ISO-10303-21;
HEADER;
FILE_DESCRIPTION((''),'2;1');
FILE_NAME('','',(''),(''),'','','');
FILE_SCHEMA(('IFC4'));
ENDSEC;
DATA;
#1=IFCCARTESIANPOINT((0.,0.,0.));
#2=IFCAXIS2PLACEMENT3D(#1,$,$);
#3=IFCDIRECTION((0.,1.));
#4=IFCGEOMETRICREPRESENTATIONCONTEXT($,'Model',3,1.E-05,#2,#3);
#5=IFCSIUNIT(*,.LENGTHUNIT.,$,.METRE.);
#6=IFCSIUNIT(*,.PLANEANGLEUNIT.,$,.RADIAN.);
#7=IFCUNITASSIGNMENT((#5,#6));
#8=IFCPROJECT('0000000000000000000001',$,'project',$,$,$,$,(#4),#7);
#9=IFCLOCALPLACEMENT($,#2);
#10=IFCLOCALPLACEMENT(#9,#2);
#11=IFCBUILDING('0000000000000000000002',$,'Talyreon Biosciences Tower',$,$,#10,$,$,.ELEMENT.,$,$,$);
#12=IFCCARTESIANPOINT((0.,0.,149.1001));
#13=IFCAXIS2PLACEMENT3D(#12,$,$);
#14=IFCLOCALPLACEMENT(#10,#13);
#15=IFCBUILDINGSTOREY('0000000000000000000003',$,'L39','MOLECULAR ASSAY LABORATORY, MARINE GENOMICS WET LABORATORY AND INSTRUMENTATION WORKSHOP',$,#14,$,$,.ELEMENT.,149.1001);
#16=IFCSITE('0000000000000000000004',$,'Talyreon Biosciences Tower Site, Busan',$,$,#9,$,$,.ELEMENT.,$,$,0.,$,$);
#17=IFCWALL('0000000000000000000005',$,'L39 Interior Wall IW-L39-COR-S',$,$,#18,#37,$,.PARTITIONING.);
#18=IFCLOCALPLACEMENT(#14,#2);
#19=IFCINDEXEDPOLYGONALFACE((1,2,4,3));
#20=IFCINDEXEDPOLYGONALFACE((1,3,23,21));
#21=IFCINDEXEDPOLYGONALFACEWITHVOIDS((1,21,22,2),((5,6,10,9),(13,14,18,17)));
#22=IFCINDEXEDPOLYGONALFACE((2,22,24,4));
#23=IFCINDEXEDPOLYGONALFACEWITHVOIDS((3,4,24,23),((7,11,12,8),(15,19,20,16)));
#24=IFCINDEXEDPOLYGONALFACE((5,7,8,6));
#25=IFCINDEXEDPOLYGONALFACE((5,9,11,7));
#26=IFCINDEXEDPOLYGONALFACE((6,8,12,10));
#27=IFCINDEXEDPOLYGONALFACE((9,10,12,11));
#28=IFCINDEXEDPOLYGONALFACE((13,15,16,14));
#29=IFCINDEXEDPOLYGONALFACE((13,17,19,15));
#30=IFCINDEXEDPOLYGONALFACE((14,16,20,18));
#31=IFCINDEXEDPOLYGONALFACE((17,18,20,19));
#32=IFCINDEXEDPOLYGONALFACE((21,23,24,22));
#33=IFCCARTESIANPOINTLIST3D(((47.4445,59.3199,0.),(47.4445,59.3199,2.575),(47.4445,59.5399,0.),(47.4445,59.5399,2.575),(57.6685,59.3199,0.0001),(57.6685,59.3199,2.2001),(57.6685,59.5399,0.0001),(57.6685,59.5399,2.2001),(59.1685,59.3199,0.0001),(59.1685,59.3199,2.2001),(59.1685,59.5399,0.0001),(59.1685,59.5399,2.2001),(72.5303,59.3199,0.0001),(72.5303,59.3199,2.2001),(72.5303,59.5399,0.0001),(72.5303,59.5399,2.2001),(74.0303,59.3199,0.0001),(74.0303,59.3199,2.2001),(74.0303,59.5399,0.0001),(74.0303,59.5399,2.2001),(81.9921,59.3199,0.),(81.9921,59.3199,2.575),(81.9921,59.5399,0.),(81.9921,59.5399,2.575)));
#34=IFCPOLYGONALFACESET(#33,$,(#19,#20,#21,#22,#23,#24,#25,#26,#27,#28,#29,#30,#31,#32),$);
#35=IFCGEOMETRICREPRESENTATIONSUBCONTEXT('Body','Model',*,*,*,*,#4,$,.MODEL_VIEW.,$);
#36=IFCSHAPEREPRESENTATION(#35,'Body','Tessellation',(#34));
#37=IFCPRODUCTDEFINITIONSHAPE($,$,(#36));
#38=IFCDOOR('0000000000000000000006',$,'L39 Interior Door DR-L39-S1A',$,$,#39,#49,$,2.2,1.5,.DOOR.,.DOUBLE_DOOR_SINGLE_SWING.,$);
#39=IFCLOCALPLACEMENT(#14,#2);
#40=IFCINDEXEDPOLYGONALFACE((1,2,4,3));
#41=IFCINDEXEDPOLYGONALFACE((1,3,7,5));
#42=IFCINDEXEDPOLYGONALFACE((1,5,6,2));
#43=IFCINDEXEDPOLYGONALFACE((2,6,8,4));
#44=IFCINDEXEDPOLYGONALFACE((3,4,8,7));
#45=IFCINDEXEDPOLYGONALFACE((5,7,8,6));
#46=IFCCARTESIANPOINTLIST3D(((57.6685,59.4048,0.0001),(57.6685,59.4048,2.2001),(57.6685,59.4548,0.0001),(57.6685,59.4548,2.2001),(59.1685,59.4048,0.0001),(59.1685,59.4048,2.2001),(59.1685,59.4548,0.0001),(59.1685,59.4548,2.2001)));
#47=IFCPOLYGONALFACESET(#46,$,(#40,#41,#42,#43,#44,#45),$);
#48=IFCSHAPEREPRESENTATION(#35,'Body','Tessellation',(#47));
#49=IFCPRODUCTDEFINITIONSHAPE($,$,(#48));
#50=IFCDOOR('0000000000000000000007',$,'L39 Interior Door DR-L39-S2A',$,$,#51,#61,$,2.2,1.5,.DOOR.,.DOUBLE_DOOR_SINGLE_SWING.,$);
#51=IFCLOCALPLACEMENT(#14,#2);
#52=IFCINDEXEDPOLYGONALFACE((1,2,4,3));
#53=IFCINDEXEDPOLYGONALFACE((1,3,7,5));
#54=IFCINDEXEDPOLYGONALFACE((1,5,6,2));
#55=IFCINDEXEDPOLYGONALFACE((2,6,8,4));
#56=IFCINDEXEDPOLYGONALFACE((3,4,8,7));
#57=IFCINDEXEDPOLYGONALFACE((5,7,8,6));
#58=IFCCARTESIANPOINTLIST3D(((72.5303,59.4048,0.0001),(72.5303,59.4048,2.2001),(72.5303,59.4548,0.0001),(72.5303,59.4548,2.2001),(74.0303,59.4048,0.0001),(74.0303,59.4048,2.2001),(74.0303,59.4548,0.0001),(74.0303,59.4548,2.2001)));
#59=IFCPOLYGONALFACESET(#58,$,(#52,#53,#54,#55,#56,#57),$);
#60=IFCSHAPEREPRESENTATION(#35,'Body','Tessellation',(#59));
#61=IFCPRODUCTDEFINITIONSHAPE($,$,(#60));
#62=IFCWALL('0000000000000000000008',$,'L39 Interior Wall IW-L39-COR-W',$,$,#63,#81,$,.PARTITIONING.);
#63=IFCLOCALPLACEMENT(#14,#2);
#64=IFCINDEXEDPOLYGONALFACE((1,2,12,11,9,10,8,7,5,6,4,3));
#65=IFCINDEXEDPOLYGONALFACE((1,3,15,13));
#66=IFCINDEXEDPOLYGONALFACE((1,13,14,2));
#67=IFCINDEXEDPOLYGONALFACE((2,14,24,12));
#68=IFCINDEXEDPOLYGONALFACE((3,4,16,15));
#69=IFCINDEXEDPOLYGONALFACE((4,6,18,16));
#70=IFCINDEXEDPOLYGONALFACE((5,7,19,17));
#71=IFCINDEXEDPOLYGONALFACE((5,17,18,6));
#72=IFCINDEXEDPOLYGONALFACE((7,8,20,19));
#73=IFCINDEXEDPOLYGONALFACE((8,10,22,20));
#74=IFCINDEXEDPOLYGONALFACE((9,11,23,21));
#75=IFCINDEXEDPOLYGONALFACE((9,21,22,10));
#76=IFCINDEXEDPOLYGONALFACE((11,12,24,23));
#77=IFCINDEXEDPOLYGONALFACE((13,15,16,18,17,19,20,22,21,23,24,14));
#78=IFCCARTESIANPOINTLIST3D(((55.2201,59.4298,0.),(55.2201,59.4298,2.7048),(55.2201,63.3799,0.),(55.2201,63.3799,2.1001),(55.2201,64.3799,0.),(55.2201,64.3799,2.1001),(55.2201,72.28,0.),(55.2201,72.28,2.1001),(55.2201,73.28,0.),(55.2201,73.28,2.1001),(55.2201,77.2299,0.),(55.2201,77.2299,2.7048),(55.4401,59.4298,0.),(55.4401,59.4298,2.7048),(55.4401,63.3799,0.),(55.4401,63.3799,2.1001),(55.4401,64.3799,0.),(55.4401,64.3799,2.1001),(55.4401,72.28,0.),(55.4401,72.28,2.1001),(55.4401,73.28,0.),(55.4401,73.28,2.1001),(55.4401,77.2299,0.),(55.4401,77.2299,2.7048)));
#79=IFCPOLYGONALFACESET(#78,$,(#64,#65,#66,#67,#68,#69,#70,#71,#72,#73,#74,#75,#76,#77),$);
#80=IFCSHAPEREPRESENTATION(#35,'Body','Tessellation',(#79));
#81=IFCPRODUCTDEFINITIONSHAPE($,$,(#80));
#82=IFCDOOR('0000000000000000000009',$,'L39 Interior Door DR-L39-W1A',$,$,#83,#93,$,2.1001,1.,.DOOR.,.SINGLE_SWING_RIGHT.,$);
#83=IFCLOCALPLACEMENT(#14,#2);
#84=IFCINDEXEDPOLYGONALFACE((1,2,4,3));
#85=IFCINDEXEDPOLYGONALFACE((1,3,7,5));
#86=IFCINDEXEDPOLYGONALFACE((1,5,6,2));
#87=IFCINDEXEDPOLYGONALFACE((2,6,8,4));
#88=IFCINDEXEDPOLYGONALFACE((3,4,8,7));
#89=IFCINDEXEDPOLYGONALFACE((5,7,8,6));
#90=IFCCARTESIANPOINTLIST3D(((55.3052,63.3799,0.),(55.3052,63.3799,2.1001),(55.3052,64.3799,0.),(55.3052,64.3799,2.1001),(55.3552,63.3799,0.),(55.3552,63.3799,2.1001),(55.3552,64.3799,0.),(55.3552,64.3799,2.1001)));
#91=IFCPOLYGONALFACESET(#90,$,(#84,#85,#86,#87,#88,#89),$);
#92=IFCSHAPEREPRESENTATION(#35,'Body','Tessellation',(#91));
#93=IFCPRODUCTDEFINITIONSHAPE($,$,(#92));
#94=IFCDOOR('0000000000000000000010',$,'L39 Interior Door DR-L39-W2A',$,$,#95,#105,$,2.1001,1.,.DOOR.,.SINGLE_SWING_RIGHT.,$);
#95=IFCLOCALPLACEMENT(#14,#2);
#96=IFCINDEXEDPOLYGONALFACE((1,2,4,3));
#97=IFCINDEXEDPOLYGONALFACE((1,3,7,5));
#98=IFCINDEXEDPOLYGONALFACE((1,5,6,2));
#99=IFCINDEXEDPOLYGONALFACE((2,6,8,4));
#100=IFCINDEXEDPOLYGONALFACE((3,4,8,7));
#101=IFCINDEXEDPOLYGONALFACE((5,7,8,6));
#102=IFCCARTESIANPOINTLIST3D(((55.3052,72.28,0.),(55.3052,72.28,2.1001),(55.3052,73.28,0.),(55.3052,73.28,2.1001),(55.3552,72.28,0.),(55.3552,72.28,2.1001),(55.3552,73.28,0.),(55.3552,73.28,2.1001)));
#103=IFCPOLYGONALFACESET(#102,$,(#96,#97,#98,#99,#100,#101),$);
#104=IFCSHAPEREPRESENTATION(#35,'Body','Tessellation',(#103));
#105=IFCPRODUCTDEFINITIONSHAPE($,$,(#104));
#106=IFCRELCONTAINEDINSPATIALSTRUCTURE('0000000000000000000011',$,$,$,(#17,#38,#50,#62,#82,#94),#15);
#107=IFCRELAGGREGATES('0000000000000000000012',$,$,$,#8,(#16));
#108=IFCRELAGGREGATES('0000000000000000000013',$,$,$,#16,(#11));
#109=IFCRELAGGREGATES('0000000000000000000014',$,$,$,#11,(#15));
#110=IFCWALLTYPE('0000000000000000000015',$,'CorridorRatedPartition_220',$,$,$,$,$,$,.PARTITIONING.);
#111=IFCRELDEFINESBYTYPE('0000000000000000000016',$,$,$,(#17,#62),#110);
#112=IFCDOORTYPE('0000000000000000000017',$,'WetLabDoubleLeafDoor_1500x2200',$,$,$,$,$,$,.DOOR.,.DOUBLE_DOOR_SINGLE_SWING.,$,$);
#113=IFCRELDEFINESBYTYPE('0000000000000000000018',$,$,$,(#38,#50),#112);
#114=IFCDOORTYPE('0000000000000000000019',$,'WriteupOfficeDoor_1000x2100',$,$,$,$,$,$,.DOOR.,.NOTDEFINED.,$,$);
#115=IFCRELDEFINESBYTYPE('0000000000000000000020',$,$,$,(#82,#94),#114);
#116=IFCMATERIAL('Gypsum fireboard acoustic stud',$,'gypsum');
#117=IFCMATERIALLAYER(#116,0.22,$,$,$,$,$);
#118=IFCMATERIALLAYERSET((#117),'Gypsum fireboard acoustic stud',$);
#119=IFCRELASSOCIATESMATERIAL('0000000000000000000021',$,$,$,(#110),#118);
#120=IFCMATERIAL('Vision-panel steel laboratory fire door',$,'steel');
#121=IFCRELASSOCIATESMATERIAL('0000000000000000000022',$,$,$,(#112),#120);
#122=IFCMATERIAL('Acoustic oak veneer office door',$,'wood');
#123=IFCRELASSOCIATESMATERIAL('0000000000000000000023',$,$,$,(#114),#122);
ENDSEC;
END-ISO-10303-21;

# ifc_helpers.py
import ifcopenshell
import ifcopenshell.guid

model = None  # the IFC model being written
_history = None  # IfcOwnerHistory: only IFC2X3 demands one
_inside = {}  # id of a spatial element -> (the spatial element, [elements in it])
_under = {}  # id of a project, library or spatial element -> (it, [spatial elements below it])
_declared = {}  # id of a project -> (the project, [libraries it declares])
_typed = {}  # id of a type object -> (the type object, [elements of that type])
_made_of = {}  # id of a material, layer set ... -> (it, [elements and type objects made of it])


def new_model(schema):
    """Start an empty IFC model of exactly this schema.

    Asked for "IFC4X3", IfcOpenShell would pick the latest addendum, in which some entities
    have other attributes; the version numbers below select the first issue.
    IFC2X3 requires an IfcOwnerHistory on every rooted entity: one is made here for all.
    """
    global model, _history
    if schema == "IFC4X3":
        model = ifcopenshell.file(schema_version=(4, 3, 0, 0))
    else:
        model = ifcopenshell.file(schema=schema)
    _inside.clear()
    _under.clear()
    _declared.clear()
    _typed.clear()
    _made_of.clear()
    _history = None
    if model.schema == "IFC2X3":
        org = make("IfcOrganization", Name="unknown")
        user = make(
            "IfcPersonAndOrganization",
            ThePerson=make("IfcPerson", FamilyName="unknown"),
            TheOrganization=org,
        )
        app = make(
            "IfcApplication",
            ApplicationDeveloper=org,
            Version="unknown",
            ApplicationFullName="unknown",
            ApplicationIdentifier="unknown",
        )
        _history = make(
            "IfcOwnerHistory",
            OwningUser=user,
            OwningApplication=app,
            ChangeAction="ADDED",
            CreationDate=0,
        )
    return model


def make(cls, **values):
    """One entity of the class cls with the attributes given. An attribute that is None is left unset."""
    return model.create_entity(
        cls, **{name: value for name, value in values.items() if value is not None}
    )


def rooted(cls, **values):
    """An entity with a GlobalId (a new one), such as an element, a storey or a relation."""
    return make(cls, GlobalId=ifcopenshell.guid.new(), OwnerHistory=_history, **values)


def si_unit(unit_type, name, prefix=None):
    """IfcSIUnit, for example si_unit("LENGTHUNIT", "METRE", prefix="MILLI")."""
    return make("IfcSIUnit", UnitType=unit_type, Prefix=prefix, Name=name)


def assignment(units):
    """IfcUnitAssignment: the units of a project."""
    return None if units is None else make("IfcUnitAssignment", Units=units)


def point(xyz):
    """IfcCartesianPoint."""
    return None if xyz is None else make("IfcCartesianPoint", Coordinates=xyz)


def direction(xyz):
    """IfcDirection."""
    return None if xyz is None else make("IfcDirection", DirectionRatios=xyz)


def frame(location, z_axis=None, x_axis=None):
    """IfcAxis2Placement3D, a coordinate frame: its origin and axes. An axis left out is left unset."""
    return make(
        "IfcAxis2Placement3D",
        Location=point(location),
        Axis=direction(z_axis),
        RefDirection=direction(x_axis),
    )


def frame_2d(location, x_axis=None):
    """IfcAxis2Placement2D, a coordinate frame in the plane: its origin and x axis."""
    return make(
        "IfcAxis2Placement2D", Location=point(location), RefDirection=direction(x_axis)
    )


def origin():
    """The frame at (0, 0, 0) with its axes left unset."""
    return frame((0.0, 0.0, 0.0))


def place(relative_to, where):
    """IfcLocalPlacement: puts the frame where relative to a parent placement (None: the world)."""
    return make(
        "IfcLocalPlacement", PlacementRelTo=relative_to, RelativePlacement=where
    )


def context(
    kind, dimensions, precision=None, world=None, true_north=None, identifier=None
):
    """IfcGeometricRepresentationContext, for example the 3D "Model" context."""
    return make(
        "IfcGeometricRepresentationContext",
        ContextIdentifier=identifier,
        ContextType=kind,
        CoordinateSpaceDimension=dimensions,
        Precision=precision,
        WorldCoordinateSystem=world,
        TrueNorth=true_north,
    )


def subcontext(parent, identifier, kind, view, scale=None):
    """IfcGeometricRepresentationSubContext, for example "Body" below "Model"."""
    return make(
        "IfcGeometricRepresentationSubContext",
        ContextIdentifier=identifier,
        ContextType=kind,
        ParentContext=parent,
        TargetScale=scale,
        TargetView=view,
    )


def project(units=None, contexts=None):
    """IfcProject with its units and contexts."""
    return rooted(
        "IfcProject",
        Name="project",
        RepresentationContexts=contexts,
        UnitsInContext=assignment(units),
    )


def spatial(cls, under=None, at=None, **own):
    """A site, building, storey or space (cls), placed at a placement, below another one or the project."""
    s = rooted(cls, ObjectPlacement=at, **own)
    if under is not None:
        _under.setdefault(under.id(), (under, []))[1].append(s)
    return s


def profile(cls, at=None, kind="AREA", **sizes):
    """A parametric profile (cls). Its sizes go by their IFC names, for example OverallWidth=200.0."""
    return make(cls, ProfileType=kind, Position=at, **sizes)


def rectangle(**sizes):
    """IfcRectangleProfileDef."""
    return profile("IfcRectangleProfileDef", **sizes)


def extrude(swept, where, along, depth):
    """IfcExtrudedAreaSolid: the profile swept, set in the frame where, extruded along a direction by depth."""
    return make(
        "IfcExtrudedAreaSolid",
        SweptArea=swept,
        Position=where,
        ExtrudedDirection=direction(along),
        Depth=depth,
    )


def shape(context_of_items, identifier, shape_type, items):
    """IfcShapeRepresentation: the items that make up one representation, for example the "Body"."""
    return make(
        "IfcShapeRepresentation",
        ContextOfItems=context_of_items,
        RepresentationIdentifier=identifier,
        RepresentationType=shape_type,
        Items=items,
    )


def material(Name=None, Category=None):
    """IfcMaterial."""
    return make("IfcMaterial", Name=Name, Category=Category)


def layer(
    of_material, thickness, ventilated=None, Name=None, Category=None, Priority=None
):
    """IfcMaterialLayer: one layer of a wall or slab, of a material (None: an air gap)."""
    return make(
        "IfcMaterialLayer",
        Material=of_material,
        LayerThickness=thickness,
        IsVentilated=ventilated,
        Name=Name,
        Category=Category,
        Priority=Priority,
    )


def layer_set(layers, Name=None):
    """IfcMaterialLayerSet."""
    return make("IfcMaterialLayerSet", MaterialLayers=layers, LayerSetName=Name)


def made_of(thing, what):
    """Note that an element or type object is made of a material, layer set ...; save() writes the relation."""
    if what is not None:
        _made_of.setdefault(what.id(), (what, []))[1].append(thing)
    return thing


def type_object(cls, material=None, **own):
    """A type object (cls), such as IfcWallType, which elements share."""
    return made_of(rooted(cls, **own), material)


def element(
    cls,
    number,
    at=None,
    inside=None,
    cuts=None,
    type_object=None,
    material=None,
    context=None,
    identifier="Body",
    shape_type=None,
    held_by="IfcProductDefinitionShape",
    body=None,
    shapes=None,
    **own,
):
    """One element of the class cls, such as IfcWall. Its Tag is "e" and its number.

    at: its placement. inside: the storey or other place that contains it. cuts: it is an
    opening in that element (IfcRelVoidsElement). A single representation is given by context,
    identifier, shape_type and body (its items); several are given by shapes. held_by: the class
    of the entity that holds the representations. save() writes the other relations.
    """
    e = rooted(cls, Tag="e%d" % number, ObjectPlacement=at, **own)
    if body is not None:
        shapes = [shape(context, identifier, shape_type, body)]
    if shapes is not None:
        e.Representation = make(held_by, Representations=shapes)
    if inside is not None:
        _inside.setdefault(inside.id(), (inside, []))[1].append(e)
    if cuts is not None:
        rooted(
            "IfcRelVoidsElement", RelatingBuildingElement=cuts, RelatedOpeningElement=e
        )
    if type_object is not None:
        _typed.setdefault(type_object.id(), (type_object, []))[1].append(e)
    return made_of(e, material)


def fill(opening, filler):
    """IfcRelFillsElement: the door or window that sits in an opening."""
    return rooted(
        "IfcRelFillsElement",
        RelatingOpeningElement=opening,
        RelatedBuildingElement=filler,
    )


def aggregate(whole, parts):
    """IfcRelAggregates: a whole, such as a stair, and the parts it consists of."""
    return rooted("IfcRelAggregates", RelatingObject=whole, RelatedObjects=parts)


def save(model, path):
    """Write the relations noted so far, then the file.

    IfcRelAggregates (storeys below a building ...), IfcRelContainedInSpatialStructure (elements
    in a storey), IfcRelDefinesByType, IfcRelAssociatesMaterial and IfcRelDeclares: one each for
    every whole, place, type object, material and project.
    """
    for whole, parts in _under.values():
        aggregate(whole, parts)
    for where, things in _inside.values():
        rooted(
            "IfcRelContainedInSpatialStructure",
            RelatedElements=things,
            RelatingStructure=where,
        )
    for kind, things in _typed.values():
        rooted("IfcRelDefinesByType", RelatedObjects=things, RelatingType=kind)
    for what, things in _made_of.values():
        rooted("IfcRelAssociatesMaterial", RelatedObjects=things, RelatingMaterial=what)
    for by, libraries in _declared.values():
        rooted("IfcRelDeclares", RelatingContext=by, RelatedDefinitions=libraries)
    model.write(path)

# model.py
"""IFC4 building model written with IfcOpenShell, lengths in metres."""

from ifc_helpers import new_model, si_unit, direction, frame, frame_2d, origin, place, context, subcontext, project, spatial, rectangle, extrude, material, layer, layer_set, type_object, element, fill, save


model = new_model("IFC4")

# Units and contexts
model_context = context("Model", 3, precision=1e-05, world=origin(), true_north=direction((0.0, 1.0)))
body_context = subcontext(model_context, "Body", "Model", "MODEL_VIEW")
ifc_project = project(units=[si_unit("LENGTHUNIT", "METRE"), si_unit("PLANEANGLEUNIT", "RADIAN")], contexts=[model_context])

# Site, building, storey
site_placement = place(None, origin())
site = spatial("IfcSite", under=ifc_project, at=site_placement, Name="Talyreon Biosciences Tower Site, Busan", CompositionType="ELEMENT", RefElevation=0.0)
building_placement = place(site_placement, origin())
building = spatial("IfcBuilding", under=site, at=building_placement, Name="Talyreon Biosciences Tower", CompositionType="ELEMENT")
storey_placement = place(building_placement, frame((0.0, 0.0, 149.1001)))
storey = spatial("IfcBuildingStorey", under=building, at=storey_placement, Name="L39", Description="MOLECULAR ASSAY LABORATORY, MARINE GENOMICS WET LABORATORY AND INSTRUMENTATION WORKSHOP", CompositionType="ELEMENT", Elevation=149.1001)

# Walls, openings, doors
ifc_material_1 = material(Name="Gypsum fireboard acoustic stud", Category="gypsum")
ifc_layer_1 = layer(ifc_material_1, 0.22)
ifc_layer_set_1 = layer_set([ifc_layer_1], Name="Gypsum fireboard acoustic stud")
wall_type = type_object("IfcWallType", Name="CorridorRatedPartition_220", PredefinedType="PARTITIONING", material=ifc_layer_set_1)
wall_1_placement = place(storey_placement, frame((47.4443, 59.4299, 0.0), z_axis=(0.0, 0.0, 1.0), x_axis=(1.0, 0.0, 0.0)))
wall_1 = element("IfcWall", 1, at=wall_1_placement, inside=storey, type_object=wall_type, Name="L39 Interior Wall IW-L39-COR-S", PredefinedType="PARTITIONING", context=body_context, shape_type="SweptSolid", body=[
    extrude(rectangle(XDim=34.5476, YDim=0.22, at=frame_2d((17.2739, 0.0))), origin(), (0.0, 0.0, 1.0), 2.575),
])
opening_1_placement = place(wall_1_placement, frame((10.2241, 0.0, 0.0)))
opening_1 = element("IfcOpeningElement", 2, at=opening_1_placement, cuts=wall_1, PredefinedType="OPENING", context=body_context, shape_type="SweptSolid", body=[
    extrude(rectangle(XDim=1.5, YDim=2.2, at=frame_2d((0.75, 1.1001))), frame((0.0, 0.1199, 0.0), z_axis=(0.0, -1.0, 0.0), x_axis=(1.0, 0.0, 0.0)), (0.0, 0.0, 1.0), 0.24),
])
opening_2_placement = place(wall_1_placement, frame((25.0859, 0.0, 0.0)))
opening_2 = element("IfcOpeningElement", 3, at=opening_2_placement, cuts=wall_1, PredefinedType="OPENING", context=body_context, shape_type="SweptSolid", body=[
    extrude(rectangle(XDim=1.5, YDim=2.2, at=frame_2d((0.75, 1.1001))), frame((0.0, 0.1199, 0.0), z_axis=(0.0, -1.0, 0.0), x_axis=(1.0, 0.0, 0.0)), (0.0, 0.0, 1.0), 0.24),
])
ifc_material_2 = material(Name="Vision-panel steel laboratory fire door", Category="steel")
door_type_1 = type_object("IfcDoorType", Name="WetLabDoubleLeafDoor_1500x2200", OperationType="DOUBLE_DOOR_SINGLE_SWING", PredefinedType="DOOR", material=ifc_material_2)
door_1_placement = place(opening_1_placement, origin())
door_1 = element("IfcDoor", 4, at=door_1_placement, inside=storey, type_object=door_type_1, Name="L39 Interior Door DR-L39-S1A", OperationType="DOUBLE_DOOR_SINGLE_SWING", OverallHeight=2.2, OverallWidth=1.5, PredefinedType="DOOR", context=body_context, shape_type="SweptSolid", body=[
    extrude(rectangle(XDim=1.5, YDim=2.2, at=frame_2d((0.75, 1.1001))), frame((0.0, 0.0249, 0.0), z_axis=(0.0, -1.0, 0.0), x_axis=(1.0, 0.0, 0.0)), (0.0, 0.0, 1.0), 0.05),
])
fill(opening_1, door_1)
door_2_placement = place(opening_2_placement, origin())
door_2 = element("IfcDoor", 5, at=door_2_placement, inside=storey, type_object=door_type_1, Name="L39 Interior Door DR-L39-S2A", OperationType="DOUBLE_DOOR_SINGLE_SWING", OverallHeight=2.2, OverallWidth=1.5, PredefinedType="DOOR", context=body_context, shape_type="SweptSolid", body=[
    extrude(rectangle(XDim=1.5, YDim=2.2, at=frame_2d((0.75, 1.1001))), frame((0.0, 0.0249, 0.0), z_axis=(0.0, -1.0, 0.0), x_axis=(1.0, 0.0, 0.0)), (0.0, 0.0, 1.0), 0.05),
])
fill(opening_2, door_2)
wall_2_placement = place(storey_placement, frame((55.3301, 59.4299, 0.0), z_axis=(0.0, 0.0, 1.0), x_axis=(0.0, 1.0, 0.0)))
wall_2 = element("IfcWall", 6, at=wall_2_placement, inside=storey, type_object=wall_type, Name="L39 Interior Wall IW-L39-COR-W", PredefinedType="PARTITIONING", context=body_context, shape_type="SweptSolid", body=[
    extrude(rectangle(XDim=17.8, YDim=0.22, at=frame_2d((8.8999, 0.0))), origin(), (0.0, 0.0, 1.0), 2.7048),
])
opening_3_placement = place(wall_2_placement, frame((3.95, 0.0, 0.0)))
opening_3 = element("IfcOpeningElement", 7, at=opening_3_placement, cuts=wall_2, PredefinedType="OPENING", context=body_context, shape_type="SweptSolid", body=[
    extrude(rectangle(XDim=1.0, YDim=2.1001, at=frame_2d((0.5, 1.05))), frame((0.0, 0.1199, 0.0), z_axis=(0.0, -1.0, 0.0), x_axis=(1.0, 0.0, 0.0)), (0.0, 0.0, 1.0), 0.24),
])
opening_4_placement = place(wall_2_placement, frame((12.8501, 0.0, 0.0)))
opening_4 = element("IfcOpeningElement", 8, at=opening_4_placement, cuts=wall_2, PredefinedType="OPENING", context=body_context, shape_type="SweptSolid", body=[
    extrude(rectangle(XDim=1.0, YDim=2.1001, at=frame_2d((0.5, 1.05))), frame((0.0, 0.1199, 0.0), z_axis=(0.0, -1.0, 0.0), x_axis=(1.0, 0.0, 0.0)), (0.0, 0.0, 1.0), 0.24),
])
ifc_material_3 = material(Name="Acoustic oak veneer office door", Category="wood")
door_type_2 = type_object("IfcDoorType", Name="WriteupOfficeDoor_1000x2100", OperationType="NOTDEFINED", PredefinedType="DOOR", material=ifc_material_3)
door_3_placement = place(opening_3_placement, origin())
door_3 = element("IfcDoor", 9, at=door_3_placement, inside=storey, type_object=door_type_2, Name="L39 Interior Door DR-L39-W1A", OperationType="SINGLE_SWING_RIGHT", OverallHeight=2.1001, OverallWidth=1.0, PredefinedType="DOOR", context=body_context, shape_type="SweptSolid", body=[
    extrude(rectangle(XDim=1.0, YDim=2.1001, at=frame_2d((0.5, 1.05))), frame((0.0, 0.0249, 0.0), z_axis=(0.0, -1.0, 0.0), x_axis=(1.0, 0.0, 0.0)), (0.0, 0.0, 1.0), 0.05),
])
fill(opening_3, door_3)
door_4_placement = place(opening_4_placement, origin())
door_4 = element("IfcDoor", 10, at=door_4_placement, inside=storey, type_object=door_type_2, Name="L39 Interior Door DR-L39-W2A", OperationType="SINGLE_SWING_RIGHT", OverallHeight=2.1001, OverallWidth=1.0, PredefinedType="DOOR", context=body_context, shape_type="SweptSolid", body=[
    extrude(rectangle(XDim=1.0, YDim=2.1001, at=frame_2d((0.5, 1.05))), frame((0.0, 0.0249, 0.0), z_axis=(0.0, -1.0, 0.0), x_axis=(1.0, 0.0, 0.0)), (0.0, 0.0, 1.0), 0.05),
])
fill(opening_4, door_4)

save(model, "model.ifc")
